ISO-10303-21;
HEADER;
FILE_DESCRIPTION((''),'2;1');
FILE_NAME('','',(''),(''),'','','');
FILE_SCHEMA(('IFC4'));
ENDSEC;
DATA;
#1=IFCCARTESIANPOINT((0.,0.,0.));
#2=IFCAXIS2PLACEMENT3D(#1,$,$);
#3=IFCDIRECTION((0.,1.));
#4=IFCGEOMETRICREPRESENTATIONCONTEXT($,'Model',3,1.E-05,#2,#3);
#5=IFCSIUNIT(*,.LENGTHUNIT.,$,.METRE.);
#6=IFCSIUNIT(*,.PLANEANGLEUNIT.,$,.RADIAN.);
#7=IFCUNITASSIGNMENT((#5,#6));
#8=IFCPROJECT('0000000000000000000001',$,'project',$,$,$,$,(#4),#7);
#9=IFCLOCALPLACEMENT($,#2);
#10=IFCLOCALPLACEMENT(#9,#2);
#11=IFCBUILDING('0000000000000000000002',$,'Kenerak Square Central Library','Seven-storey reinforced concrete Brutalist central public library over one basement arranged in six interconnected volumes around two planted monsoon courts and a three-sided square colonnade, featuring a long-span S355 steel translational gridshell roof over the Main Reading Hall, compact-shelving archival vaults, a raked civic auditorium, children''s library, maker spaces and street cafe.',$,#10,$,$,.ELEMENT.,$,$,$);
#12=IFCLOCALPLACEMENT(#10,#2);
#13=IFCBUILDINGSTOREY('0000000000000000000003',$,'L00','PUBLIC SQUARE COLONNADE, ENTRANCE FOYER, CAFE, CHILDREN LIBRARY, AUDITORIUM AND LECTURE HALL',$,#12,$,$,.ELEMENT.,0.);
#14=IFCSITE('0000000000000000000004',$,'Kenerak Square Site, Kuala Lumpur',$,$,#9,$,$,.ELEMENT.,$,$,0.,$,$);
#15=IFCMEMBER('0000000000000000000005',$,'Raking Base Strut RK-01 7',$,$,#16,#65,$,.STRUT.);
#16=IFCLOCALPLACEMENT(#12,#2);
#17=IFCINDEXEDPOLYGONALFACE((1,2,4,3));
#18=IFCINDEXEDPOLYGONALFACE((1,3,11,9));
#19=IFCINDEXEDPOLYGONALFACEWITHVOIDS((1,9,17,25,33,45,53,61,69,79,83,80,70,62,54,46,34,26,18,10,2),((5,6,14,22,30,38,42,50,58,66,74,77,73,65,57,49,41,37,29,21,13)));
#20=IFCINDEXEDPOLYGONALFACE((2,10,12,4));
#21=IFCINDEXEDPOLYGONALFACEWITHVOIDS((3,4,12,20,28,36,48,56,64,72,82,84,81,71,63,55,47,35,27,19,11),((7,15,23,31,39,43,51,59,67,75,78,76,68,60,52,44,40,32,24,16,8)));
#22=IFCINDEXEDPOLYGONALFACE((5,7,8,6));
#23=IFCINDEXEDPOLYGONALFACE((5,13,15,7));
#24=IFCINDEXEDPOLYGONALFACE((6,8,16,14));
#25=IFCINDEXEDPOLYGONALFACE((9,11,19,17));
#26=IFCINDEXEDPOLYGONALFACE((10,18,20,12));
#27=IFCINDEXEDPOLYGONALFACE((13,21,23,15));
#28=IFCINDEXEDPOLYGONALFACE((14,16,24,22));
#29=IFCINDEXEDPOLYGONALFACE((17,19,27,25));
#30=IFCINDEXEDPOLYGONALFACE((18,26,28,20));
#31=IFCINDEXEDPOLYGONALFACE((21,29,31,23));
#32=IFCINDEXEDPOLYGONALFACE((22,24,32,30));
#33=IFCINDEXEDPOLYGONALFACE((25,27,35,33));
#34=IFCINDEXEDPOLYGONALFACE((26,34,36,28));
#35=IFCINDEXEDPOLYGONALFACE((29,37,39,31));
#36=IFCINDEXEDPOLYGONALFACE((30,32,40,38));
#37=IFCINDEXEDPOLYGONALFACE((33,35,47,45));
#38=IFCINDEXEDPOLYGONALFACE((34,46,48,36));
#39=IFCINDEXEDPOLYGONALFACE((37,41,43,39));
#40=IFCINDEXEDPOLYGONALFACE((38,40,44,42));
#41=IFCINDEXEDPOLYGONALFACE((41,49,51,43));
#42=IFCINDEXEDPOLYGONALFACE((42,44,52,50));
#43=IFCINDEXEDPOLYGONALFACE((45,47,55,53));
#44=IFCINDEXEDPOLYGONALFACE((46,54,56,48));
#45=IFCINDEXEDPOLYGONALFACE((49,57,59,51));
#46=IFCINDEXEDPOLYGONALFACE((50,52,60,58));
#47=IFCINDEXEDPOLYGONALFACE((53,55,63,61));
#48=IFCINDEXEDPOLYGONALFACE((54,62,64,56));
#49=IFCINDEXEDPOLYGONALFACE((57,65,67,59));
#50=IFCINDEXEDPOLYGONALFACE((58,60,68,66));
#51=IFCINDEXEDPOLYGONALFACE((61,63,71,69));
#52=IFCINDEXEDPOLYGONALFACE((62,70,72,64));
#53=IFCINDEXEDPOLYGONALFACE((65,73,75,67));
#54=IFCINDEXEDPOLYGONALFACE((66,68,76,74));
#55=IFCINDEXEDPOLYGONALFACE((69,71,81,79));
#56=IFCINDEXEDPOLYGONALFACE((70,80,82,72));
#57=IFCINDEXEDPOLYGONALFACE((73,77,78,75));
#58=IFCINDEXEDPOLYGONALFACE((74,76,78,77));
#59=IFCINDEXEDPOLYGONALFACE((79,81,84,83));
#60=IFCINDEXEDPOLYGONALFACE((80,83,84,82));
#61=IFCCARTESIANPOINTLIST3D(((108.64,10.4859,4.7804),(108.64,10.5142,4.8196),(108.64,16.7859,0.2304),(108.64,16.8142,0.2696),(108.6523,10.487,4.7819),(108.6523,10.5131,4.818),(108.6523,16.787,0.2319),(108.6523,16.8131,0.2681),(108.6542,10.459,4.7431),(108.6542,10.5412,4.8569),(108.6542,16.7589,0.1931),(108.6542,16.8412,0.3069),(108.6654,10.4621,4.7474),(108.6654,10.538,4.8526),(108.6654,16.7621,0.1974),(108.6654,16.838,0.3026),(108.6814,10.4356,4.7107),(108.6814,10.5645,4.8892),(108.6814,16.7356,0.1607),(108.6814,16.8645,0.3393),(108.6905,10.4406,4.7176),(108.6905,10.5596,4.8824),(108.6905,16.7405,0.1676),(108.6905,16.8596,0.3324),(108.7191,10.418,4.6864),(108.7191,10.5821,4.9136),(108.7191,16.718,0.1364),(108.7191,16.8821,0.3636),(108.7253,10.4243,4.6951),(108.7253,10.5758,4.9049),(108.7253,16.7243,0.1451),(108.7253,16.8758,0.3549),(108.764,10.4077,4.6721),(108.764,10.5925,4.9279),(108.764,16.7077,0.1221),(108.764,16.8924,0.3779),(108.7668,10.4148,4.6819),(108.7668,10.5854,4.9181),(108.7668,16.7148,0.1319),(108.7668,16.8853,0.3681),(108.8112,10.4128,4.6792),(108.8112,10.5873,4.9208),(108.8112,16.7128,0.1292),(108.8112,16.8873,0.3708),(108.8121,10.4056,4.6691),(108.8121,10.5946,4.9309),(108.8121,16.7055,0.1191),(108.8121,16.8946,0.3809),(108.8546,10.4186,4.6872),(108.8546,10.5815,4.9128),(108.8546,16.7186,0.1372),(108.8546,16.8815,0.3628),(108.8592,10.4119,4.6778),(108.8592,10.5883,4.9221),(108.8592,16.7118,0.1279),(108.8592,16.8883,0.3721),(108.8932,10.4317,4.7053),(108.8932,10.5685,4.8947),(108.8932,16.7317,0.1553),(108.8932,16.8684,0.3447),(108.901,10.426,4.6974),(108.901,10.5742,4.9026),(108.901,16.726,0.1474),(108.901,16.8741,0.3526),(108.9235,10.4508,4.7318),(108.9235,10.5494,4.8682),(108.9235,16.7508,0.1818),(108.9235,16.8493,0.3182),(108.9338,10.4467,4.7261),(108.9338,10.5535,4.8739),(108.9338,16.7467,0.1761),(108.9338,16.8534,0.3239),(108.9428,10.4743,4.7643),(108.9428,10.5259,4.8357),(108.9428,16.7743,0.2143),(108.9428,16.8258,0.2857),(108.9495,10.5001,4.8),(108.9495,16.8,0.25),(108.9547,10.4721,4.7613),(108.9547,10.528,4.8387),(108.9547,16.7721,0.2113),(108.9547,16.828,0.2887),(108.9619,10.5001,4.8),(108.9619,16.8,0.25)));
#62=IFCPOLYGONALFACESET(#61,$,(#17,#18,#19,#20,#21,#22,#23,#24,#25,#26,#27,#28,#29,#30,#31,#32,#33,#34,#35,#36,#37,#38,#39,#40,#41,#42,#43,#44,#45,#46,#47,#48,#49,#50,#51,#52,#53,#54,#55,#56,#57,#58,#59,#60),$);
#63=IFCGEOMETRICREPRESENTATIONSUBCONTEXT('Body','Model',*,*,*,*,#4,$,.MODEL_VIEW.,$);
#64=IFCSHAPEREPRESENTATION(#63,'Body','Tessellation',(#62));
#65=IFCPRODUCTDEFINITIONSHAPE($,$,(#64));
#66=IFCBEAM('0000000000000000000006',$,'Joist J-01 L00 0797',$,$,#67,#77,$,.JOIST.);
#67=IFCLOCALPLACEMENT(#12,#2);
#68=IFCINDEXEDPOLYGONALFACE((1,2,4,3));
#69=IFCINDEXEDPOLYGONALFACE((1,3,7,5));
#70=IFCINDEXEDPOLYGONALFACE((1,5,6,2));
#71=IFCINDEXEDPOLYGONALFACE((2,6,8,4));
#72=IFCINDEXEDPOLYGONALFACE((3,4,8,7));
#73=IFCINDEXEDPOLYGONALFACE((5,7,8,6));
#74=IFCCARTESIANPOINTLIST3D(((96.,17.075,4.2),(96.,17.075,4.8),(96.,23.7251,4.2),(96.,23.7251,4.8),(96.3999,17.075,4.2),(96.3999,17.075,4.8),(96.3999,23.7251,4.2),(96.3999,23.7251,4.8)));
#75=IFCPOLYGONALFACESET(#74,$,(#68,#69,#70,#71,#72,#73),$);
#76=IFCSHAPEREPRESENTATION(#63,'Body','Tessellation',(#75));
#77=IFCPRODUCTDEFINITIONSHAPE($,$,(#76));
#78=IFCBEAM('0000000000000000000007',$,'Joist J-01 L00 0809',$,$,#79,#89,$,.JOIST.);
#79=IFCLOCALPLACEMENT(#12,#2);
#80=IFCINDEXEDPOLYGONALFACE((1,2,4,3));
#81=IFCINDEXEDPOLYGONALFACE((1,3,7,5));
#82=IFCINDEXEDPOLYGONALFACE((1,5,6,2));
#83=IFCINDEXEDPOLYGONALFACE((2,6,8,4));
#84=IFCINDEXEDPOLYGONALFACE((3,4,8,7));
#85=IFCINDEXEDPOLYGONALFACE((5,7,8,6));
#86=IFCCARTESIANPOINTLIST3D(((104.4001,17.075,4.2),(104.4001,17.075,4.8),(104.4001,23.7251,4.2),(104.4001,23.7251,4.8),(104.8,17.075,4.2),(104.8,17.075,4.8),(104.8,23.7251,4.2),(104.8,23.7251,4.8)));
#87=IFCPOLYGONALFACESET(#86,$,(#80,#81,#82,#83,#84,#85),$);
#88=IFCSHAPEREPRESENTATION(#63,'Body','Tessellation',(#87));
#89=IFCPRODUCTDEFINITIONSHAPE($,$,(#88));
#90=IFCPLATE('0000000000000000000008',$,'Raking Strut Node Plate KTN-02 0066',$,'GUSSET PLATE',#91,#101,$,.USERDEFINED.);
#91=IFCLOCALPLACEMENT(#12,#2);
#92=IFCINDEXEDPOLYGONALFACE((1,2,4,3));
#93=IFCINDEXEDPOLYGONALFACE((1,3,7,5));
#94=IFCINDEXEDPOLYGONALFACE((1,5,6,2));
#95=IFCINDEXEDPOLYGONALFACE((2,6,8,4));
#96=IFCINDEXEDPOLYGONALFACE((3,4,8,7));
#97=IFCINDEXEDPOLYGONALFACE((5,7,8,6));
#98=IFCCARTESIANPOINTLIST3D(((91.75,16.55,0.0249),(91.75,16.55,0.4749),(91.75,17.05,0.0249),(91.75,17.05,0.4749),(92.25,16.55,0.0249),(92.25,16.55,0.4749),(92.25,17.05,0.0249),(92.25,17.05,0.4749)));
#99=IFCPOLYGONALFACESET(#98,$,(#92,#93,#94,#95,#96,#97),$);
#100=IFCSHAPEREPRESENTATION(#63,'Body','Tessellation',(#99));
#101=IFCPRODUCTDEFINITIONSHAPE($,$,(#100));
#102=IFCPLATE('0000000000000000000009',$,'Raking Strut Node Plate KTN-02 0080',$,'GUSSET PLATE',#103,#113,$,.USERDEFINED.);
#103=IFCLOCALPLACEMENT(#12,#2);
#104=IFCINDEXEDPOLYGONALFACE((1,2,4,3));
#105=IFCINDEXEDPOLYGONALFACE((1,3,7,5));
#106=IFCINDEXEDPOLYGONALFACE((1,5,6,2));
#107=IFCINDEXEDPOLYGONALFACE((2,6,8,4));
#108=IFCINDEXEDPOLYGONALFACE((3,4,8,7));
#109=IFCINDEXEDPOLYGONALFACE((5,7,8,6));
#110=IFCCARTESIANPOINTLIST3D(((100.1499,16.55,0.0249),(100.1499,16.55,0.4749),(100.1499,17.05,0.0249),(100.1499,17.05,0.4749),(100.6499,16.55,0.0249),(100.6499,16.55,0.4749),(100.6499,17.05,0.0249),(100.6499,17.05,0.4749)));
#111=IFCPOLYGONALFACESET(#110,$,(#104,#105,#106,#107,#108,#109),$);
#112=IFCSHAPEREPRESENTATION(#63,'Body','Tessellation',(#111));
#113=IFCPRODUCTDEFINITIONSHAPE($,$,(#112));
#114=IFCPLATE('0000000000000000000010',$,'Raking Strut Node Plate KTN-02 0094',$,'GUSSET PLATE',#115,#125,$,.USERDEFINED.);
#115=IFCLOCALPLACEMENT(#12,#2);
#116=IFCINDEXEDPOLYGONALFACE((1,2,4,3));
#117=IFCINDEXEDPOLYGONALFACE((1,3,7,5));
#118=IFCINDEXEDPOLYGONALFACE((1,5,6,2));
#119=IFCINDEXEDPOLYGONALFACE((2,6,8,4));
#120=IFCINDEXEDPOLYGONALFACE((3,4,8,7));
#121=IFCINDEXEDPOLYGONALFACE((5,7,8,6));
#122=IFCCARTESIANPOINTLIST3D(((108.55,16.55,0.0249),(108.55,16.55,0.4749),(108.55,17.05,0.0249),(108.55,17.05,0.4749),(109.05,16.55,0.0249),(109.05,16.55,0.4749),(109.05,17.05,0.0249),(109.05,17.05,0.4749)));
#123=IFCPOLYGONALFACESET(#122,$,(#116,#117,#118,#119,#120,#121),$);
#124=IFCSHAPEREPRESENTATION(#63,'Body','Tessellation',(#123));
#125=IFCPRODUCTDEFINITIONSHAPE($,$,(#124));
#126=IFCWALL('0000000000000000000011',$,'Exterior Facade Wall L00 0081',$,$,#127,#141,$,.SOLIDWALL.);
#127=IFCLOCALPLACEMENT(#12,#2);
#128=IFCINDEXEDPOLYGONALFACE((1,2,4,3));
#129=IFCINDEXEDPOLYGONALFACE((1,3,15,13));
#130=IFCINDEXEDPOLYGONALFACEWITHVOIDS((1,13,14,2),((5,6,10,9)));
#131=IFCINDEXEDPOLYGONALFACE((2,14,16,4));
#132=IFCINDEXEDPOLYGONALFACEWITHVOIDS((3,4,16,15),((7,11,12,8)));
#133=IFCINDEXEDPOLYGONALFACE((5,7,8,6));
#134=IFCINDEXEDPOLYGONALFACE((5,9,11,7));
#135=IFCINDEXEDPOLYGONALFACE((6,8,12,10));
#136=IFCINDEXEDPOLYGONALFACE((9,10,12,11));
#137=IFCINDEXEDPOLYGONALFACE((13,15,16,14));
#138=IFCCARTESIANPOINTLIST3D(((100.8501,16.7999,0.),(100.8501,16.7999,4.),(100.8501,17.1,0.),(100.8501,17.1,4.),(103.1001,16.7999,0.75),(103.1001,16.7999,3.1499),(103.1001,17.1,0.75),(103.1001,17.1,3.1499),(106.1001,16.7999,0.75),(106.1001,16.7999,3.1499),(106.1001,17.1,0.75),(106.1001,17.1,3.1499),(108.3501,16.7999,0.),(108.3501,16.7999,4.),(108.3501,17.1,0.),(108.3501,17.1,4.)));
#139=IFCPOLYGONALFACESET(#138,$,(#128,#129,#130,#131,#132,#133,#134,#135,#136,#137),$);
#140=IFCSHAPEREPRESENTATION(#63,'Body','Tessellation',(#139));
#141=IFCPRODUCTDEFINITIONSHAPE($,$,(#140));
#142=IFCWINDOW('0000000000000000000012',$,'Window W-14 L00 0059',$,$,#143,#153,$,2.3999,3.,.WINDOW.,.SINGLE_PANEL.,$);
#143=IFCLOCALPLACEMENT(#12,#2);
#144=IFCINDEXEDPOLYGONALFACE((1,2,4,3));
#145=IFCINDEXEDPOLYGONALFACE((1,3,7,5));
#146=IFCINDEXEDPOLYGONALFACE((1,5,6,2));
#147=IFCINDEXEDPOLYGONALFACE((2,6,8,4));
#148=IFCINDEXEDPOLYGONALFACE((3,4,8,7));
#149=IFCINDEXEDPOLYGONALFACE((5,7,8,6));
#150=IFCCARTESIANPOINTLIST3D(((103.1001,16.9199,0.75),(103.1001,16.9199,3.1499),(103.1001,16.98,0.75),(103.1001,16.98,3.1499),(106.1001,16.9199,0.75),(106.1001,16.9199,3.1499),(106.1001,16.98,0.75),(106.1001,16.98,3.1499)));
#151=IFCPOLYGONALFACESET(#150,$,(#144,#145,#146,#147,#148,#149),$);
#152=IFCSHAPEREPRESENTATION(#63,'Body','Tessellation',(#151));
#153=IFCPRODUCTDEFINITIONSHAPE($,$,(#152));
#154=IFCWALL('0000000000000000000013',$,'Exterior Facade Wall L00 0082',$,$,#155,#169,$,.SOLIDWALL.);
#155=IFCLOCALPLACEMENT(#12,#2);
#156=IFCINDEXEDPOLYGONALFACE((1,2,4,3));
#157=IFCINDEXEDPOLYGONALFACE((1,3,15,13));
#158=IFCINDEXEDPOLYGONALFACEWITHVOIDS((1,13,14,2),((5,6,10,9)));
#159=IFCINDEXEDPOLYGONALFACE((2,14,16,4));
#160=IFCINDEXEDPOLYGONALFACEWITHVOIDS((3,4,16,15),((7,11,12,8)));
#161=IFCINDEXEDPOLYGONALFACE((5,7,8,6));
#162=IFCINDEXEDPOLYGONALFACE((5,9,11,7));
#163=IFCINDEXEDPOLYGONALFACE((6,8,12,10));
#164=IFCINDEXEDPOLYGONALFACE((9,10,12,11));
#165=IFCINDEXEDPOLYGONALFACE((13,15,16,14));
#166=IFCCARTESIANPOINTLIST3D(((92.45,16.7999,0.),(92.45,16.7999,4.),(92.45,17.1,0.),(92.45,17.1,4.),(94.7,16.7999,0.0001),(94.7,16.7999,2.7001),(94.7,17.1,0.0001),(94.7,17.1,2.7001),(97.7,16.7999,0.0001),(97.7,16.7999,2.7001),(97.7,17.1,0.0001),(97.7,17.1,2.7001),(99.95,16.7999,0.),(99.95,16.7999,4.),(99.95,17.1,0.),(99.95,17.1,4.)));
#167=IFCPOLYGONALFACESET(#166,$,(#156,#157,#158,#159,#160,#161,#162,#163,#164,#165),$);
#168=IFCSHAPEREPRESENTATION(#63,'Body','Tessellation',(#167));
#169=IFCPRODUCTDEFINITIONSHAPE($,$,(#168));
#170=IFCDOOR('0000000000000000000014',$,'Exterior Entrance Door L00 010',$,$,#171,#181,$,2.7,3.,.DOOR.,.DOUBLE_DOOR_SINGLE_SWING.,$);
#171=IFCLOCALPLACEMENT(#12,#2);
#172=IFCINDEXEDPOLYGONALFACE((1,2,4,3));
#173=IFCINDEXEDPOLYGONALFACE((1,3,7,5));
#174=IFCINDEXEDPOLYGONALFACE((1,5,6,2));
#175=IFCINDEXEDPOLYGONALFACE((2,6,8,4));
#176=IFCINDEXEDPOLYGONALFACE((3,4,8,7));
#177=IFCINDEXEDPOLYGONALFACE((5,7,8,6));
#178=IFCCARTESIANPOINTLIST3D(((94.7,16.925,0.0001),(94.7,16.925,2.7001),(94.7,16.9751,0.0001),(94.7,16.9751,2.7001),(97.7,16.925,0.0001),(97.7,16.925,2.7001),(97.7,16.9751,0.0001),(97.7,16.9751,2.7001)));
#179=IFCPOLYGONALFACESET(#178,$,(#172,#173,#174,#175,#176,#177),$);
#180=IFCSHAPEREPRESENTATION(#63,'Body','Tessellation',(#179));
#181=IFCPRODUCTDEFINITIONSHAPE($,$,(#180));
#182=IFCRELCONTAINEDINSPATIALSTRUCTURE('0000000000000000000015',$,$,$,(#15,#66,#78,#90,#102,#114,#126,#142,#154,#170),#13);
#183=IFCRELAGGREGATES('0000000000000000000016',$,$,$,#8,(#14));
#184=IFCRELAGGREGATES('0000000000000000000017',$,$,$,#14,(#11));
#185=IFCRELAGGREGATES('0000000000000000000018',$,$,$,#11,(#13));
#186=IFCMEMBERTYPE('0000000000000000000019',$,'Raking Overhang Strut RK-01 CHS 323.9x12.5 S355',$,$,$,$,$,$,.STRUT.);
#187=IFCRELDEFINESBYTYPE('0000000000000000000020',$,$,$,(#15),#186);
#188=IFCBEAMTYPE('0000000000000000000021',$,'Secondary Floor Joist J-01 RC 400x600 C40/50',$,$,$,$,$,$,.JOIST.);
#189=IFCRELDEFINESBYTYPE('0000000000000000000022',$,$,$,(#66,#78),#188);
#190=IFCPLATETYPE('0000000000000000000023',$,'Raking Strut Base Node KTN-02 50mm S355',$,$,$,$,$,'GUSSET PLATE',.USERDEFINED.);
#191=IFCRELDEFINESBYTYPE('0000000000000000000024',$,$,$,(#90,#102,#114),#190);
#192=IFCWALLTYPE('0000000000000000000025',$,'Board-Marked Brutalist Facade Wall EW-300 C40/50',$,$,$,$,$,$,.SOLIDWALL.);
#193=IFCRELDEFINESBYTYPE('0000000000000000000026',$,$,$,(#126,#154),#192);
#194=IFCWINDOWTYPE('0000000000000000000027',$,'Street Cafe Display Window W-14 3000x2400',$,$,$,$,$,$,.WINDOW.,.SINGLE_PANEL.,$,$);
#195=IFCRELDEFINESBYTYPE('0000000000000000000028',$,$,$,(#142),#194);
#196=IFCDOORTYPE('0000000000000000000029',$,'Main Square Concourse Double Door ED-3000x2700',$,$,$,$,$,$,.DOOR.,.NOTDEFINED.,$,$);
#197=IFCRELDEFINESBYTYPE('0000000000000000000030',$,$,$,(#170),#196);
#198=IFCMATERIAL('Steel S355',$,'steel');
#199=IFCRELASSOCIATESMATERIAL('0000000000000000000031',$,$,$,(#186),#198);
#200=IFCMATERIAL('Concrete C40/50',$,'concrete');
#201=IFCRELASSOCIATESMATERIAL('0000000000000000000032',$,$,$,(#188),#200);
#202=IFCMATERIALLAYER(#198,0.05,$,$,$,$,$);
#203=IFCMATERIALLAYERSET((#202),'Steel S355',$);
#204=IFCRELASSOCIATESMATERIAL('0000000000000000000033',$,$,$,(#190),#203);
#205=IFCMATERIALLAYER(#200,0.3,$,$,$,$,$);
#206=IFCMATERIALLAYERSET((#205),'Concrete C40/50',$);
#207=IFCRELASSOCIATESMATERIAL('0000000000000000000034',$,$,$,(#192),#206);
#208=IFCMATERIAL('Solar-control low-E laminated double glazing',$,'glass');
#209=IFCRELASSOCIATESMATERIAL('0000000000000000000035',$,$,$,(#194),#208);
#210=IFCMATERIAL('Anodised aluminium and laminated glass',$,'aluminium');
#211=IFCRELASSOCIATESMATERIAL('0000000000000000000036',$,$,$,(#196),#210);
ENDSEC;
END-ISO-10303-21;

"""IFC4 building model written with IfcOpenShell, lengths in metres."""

from ifc_helpers import new_model, si_unit, direction, frame, frame_2d, origin, origin_2d, place, context, subcontext, project, spatial, rectangle, hollow_circle, extrude, material, layer, layer_set, material_profile, profile_set, type_object, element, fill, save


model = new_model("IFC4")

# Units and contexts
model_context = context("Model", 3, precision=1e-05, world=origin(), true_north=direction((0.0, 1.0)))
body_context = subcontext(model_context, "Body", "Model", "MODEL_VIEW")
ifc_project = project(units=[si_unit("LENGTHUNIT", "METRE"), si_unit("PLANEANGLEUNIT", "RADIAN")], contexts=[model_context])

# Site, building, storey
site_placement = place(None, origin())
site = spatial("IfcSite", under=ifc_project, at=site_placement, Name="Kenerak Square Site, Kuala Lumpur", CompositionType="ELEMENT", RefElevation=0.0)
building_placement = place(site_placement, origin())
building = spatial("IfcBuilding", under=site, at=building_placement, Name="Kenerak Square Central Library", Description="Seven-storey reinforced concrete Brutalist central public library over one basement arranged in six interconnected volumes around two planted monsoon courts and a three-sided square colonnade, featuring a long-span S355 steel translational gridshell roof over the Main Reading Hall, compact-shelving archival vaults, a raked civic auditorium, children's library, maker spaces and street cafe.", CompositionType="ELEMENT")
storey_placement = place(building_placement, origin())
storey = spatial("IfcBuildingStorey", under=building, at=storey_placement, Name="L00", Description="PUBLIC SQUARE COLONNADE, ENTRANCE FOYER, CAFE, CHILDREN LIBRARY, AUDITORIUM AND LECTURE HALL", CompositionType="ELEMENT", Elevation=0.0)

# Shared definitions
ifc_material_1 = material(Name="Concrete C40/50", Category="concrete")

# Member
ifc_material_2 = material(Name="Steel S355", Category="steel")
ifc_material_profile_1 = material_profile(ifc_material_2, hollow_circle(Radius=0.1619, WallThickness=0.0125, at=origin_2d()), Name="CHS 323.9x12.5")
ifc_profile_set_1 = profile_set([ifc_material_profile_1], Name="Steel S355")
member_type = type_object("IfcMemberType", Name="Raking Overhang Strut RK-01 CHS 323.9x12.5 S355", PredefinedType="STRUT", material=ifc_profile_set_1)
for number, where, z_axis, x_axis, name in (
    (1, (108.8, 16.8, 0.25), (0.0, -0.810678, 0.585492), (1.0, 0.0, 0.0), "Raking Base Strut RK-01 7"),
):
    element("IfcMember", number, at=place(storey_placement, frame(where, z_axis=z_axis, x_axis=x_axis)), inside=storey, type_object=member_type, Name=name, PredefinedType="STRUT", context=body_context, shape_type="SweptSolid", body=[
        extrude(hollow_circle(Radius=0.1619, WallThickness=0.0125, at=origin_2d()), origin(), (0.0, 0.0, 1.0), 7.7712),
    ])

# Beams
ifc_material_profile_2 = material_profile(ifc_material_1, rectangle(XDim=0.3999, YDim=0.6001, at=origin_2d()), Name="RC 400x600")
ifc_profile_set_2 = profile_set([ifc_material_profile_2], Name="Concrete C40/50")
beam_type_1 = type_object("IfcBeamType", Name="Secondary Floor Joist J-01 RC 400x600 C40/50", PredefinedType="JOIST", material=ifc_profile_set_2)
for number, where, z_axis, x_axis, name in (
    (2, (96.2, 17.075, 4.5), (0.0, 1.0, 0.0), (-1.0, 0.0, 0.0), "Joist J-01 L00 0797"),
    (3, (104.6001, 17.075, 4.5), (0.0, 1.0, 0.0), (-1.0, 0.0, 0.0), "Joist J-01 L00 0809"),
):
    element("IfcBeam", number, at=place(storey_placement, frame(where, z_axis=z_axis, x_axis=x_axis)), inside=storey, type_object=beam_type_1, Name=name, PredefinedType="JOIST", context=body_context, shape_type="SweptSolid", body=[
        extrude(rectangle(XDim=0.3999, YDim=0.6001, at=origin_2d()), origin(), (0.0, 0.0, 1.0), 6.6501),
    ])

# Plates
ifc_layer_1 = layer(ifc_material_2, 0.05)
ifc_layer_set_1 = layer_set([ifc_layer_1], Name="Steel S355")
plate_type = type_object("IfcPlateType", Name="Raking Strut Base Node KTN-02 50mm S355", ElementType="GUSSET PLATE", PredefinedType="USERDEFINED", material=ifc_layer_set_1)
for number, where, z_axis, x_axis, name in (
    (4, (92.0, 16.8, 0.0249), (0.0, 0.0, 1.0), (1.0, 0.0, 0.0), "Raking Strut Node Plate KTN-02 0066"),
    (5, (100.3999, 16.8, 0.0249), (0.0, 0.0, 1.0), (1.0, 0.0, 0.0), "Raking Strut Node Plate KTN-02 0080"),
    (6, (108.8, 16.8, 0.0249), (0.0, 0.0, 1.0), (1.0, 0.0, 0.0), "Raking Strut Node Plate KTN-02 0094"),
):
    element("IfcPlate", number, at=place(storey_placement, frame(where, z_axis=z_axis, x_axis=x_axis)), inside=storey, type_object=plate_type, Name=name, ObjectType="GUSSET PLATE", PredefinedType="USERDEFINED", context=body_context, shape_type="SweptSolid", body=[
        extrude(rectangle(XDim=0.5, YDim=0.5, at=origin_2d()), origin(), (0.0, 0.0, 1.0), 0.45),
    ])

# Wall, opening, window
ifc_layer_2 = layer(ifc_material_1, 0.3)
ifc_layer_set_2 = layer_set([ifc_layer_2], Name="Concrete C40/50")
wall_type_1 = type_object("IfcWallType", Name="Board-Marked Brutalist Facade Wall EW-300 C40/50", PredefinedType="SOLIDWALL", material=ifc_layer_set_2)
wall_1_placement = place(storey_placement, frame((108.3501, 16.95, 0.0), z_axis=(0.0, 0.0, 1.0), x_axis=(-1.0, 0.0, 0.0)))
wall_1 = element("IfcWall", 7, at=wall_1_placement, inside=storey, type_object=wall_type_1, Name="Exterior Facade Wall L00 0081", PredefinedType="SOLIDWALL", context=body_context, shape_type="SweptSolid", body=[
    extrude(rectangle(XDim=7.5, YDim=0.3, at=frame_2d((3.75, 0.0))), origin(), (0.0, 0.0, 1.0), 4.0),
])
opening_1_placement = place(wall_1_placement, frame((2.25, 0.0, 0.75)))
opening_1 = element("IfcOpeningElement", 8, at=opening_1_placement, cuts=wall_1, PredefinedType="OPENING", context=body_context, shape_type="SweptSolid", body=[
    extrude(rectangle(XDim=3.0, YDim=2.3999, at=frame_2d((1.5, 1.2))), frame((0.0, 0.1599, 0.0), z_axis=(0.0, -1.0, 0.0), x_axis=(1.0, 0.0, 0.0)), (0.0, 0.0, 1.0), 0.3201),
])
ifc_material_3 = material(Name="Solar-control low-E laminated double glazing", Category="glass")
window_type = type_object("IfcWindowType", Name="Street Cafe Display Window W-14 3000x2400", PartitioningType="SINGLE_PANEL", PredefinedType="WINDOW", material=ifc_material_3)
window_placement = place(opening_1_placement, origin())
window = element("IfcWindow", 9, at=window_placement, inside=storey, type_object=window_type, Name="Window W-14 L00 0059", OverallHeight=2.3999, OverallWidth=3.0, PartitioningType="SINGLE_PANEL", PredefinedType="WINDOW", context=body_context, shape_type="SweptSolid", body=[
    extrude(rectangle(XDim=3.0, YDim=2.3999, at=frame_2d((1.5, 1.2))), frame((0.0, 0.03, 0.0), z_axis=(0.0, -1.0, 0.0), x_axis=(1.0, 0.0, 0.0)), (0.0, 0.0, 1.0), 0.0601),
])
fill(opening_1, window)

# Wall, opening, door
wall_2_placement = place(storey_placement, frame((99.95, 16.95, 0.0), z_axis=(0.0, 0.0, 1.0), x_axis=(-1.0, 0.0, 0.0)))
wall_2 = element("IfcWall", 10, at=wall_2_placement, inside=storey, type_object=wall_type_1, Name="Exterior Facade Wall L00 0082", PredefinedType="SOLIDWALL", context=body_context, shape_type="SweptSolid", body=[
    extrude(rectangle(XDim=7.5, YDim=0.3, at=frame_2d((3.75, 0.0))), origin(), (0.0, 0.0, 1.0), 4.0),
])
opening_2_placement = place(wall_2_placement, frame((2.25, 0.0, 0.0)))
opening_2 = element("IfcOpeningElement", 11, at=opening_2_placement, cuts=wall_2, PredefinedType="OPENING", context=body_context, shape_type="SweptSolid", body=[
    extrude(rectangle(XDim=3.0, YDim=2.7, at=frame_2d((1.5, 1.3501))), frame((0.0, 0.1599, 0.0), z_axis=(0.0, -1.0, 0.0), x_axis=(1.0, 0.0, 0.0)), (0.0, 0.0, 1.0), 0.3201),
])
ifc_material_4 = material(Name="Anodised aluminium and laminated glass", Category="aluminium")
door_type_1 = type_object("IfcDoorType", Name="Main Square Concourse Double Door ED-3000x2700", OperationType="NOTDEFINED", PredefinedType="DOOR", material=ifc_material_4)
door_1_placement = place(opening_2_placement, origin())
door_1 = element("IfcDoor", 12, at=door_1_placement, inside=storey, type_object=door_type_1, Name="Exterior Entrance Door L00 010", OperationType="DOUBLE_DOOR_SINGLE_SWING", OverallHeight=2.7, OverallWidth=3.0, PredefinedType="DOOR", context=body_context, shape_type="SweptSolid", body=[
    extrude(rectangle(XDim=3.0, YDim=2.7, at=frame_2d((1.5, 1.3501))), frame((0.0, 0.0249, 0.0), z_axis=(0.0, -1.0, 0.0), x_axis=(1.0, 0.0, 0.0)), (0.0, 0.0, 1.0), 0.05),
])
fill(opening_2, door_1)

save(model, "model.ifc")
